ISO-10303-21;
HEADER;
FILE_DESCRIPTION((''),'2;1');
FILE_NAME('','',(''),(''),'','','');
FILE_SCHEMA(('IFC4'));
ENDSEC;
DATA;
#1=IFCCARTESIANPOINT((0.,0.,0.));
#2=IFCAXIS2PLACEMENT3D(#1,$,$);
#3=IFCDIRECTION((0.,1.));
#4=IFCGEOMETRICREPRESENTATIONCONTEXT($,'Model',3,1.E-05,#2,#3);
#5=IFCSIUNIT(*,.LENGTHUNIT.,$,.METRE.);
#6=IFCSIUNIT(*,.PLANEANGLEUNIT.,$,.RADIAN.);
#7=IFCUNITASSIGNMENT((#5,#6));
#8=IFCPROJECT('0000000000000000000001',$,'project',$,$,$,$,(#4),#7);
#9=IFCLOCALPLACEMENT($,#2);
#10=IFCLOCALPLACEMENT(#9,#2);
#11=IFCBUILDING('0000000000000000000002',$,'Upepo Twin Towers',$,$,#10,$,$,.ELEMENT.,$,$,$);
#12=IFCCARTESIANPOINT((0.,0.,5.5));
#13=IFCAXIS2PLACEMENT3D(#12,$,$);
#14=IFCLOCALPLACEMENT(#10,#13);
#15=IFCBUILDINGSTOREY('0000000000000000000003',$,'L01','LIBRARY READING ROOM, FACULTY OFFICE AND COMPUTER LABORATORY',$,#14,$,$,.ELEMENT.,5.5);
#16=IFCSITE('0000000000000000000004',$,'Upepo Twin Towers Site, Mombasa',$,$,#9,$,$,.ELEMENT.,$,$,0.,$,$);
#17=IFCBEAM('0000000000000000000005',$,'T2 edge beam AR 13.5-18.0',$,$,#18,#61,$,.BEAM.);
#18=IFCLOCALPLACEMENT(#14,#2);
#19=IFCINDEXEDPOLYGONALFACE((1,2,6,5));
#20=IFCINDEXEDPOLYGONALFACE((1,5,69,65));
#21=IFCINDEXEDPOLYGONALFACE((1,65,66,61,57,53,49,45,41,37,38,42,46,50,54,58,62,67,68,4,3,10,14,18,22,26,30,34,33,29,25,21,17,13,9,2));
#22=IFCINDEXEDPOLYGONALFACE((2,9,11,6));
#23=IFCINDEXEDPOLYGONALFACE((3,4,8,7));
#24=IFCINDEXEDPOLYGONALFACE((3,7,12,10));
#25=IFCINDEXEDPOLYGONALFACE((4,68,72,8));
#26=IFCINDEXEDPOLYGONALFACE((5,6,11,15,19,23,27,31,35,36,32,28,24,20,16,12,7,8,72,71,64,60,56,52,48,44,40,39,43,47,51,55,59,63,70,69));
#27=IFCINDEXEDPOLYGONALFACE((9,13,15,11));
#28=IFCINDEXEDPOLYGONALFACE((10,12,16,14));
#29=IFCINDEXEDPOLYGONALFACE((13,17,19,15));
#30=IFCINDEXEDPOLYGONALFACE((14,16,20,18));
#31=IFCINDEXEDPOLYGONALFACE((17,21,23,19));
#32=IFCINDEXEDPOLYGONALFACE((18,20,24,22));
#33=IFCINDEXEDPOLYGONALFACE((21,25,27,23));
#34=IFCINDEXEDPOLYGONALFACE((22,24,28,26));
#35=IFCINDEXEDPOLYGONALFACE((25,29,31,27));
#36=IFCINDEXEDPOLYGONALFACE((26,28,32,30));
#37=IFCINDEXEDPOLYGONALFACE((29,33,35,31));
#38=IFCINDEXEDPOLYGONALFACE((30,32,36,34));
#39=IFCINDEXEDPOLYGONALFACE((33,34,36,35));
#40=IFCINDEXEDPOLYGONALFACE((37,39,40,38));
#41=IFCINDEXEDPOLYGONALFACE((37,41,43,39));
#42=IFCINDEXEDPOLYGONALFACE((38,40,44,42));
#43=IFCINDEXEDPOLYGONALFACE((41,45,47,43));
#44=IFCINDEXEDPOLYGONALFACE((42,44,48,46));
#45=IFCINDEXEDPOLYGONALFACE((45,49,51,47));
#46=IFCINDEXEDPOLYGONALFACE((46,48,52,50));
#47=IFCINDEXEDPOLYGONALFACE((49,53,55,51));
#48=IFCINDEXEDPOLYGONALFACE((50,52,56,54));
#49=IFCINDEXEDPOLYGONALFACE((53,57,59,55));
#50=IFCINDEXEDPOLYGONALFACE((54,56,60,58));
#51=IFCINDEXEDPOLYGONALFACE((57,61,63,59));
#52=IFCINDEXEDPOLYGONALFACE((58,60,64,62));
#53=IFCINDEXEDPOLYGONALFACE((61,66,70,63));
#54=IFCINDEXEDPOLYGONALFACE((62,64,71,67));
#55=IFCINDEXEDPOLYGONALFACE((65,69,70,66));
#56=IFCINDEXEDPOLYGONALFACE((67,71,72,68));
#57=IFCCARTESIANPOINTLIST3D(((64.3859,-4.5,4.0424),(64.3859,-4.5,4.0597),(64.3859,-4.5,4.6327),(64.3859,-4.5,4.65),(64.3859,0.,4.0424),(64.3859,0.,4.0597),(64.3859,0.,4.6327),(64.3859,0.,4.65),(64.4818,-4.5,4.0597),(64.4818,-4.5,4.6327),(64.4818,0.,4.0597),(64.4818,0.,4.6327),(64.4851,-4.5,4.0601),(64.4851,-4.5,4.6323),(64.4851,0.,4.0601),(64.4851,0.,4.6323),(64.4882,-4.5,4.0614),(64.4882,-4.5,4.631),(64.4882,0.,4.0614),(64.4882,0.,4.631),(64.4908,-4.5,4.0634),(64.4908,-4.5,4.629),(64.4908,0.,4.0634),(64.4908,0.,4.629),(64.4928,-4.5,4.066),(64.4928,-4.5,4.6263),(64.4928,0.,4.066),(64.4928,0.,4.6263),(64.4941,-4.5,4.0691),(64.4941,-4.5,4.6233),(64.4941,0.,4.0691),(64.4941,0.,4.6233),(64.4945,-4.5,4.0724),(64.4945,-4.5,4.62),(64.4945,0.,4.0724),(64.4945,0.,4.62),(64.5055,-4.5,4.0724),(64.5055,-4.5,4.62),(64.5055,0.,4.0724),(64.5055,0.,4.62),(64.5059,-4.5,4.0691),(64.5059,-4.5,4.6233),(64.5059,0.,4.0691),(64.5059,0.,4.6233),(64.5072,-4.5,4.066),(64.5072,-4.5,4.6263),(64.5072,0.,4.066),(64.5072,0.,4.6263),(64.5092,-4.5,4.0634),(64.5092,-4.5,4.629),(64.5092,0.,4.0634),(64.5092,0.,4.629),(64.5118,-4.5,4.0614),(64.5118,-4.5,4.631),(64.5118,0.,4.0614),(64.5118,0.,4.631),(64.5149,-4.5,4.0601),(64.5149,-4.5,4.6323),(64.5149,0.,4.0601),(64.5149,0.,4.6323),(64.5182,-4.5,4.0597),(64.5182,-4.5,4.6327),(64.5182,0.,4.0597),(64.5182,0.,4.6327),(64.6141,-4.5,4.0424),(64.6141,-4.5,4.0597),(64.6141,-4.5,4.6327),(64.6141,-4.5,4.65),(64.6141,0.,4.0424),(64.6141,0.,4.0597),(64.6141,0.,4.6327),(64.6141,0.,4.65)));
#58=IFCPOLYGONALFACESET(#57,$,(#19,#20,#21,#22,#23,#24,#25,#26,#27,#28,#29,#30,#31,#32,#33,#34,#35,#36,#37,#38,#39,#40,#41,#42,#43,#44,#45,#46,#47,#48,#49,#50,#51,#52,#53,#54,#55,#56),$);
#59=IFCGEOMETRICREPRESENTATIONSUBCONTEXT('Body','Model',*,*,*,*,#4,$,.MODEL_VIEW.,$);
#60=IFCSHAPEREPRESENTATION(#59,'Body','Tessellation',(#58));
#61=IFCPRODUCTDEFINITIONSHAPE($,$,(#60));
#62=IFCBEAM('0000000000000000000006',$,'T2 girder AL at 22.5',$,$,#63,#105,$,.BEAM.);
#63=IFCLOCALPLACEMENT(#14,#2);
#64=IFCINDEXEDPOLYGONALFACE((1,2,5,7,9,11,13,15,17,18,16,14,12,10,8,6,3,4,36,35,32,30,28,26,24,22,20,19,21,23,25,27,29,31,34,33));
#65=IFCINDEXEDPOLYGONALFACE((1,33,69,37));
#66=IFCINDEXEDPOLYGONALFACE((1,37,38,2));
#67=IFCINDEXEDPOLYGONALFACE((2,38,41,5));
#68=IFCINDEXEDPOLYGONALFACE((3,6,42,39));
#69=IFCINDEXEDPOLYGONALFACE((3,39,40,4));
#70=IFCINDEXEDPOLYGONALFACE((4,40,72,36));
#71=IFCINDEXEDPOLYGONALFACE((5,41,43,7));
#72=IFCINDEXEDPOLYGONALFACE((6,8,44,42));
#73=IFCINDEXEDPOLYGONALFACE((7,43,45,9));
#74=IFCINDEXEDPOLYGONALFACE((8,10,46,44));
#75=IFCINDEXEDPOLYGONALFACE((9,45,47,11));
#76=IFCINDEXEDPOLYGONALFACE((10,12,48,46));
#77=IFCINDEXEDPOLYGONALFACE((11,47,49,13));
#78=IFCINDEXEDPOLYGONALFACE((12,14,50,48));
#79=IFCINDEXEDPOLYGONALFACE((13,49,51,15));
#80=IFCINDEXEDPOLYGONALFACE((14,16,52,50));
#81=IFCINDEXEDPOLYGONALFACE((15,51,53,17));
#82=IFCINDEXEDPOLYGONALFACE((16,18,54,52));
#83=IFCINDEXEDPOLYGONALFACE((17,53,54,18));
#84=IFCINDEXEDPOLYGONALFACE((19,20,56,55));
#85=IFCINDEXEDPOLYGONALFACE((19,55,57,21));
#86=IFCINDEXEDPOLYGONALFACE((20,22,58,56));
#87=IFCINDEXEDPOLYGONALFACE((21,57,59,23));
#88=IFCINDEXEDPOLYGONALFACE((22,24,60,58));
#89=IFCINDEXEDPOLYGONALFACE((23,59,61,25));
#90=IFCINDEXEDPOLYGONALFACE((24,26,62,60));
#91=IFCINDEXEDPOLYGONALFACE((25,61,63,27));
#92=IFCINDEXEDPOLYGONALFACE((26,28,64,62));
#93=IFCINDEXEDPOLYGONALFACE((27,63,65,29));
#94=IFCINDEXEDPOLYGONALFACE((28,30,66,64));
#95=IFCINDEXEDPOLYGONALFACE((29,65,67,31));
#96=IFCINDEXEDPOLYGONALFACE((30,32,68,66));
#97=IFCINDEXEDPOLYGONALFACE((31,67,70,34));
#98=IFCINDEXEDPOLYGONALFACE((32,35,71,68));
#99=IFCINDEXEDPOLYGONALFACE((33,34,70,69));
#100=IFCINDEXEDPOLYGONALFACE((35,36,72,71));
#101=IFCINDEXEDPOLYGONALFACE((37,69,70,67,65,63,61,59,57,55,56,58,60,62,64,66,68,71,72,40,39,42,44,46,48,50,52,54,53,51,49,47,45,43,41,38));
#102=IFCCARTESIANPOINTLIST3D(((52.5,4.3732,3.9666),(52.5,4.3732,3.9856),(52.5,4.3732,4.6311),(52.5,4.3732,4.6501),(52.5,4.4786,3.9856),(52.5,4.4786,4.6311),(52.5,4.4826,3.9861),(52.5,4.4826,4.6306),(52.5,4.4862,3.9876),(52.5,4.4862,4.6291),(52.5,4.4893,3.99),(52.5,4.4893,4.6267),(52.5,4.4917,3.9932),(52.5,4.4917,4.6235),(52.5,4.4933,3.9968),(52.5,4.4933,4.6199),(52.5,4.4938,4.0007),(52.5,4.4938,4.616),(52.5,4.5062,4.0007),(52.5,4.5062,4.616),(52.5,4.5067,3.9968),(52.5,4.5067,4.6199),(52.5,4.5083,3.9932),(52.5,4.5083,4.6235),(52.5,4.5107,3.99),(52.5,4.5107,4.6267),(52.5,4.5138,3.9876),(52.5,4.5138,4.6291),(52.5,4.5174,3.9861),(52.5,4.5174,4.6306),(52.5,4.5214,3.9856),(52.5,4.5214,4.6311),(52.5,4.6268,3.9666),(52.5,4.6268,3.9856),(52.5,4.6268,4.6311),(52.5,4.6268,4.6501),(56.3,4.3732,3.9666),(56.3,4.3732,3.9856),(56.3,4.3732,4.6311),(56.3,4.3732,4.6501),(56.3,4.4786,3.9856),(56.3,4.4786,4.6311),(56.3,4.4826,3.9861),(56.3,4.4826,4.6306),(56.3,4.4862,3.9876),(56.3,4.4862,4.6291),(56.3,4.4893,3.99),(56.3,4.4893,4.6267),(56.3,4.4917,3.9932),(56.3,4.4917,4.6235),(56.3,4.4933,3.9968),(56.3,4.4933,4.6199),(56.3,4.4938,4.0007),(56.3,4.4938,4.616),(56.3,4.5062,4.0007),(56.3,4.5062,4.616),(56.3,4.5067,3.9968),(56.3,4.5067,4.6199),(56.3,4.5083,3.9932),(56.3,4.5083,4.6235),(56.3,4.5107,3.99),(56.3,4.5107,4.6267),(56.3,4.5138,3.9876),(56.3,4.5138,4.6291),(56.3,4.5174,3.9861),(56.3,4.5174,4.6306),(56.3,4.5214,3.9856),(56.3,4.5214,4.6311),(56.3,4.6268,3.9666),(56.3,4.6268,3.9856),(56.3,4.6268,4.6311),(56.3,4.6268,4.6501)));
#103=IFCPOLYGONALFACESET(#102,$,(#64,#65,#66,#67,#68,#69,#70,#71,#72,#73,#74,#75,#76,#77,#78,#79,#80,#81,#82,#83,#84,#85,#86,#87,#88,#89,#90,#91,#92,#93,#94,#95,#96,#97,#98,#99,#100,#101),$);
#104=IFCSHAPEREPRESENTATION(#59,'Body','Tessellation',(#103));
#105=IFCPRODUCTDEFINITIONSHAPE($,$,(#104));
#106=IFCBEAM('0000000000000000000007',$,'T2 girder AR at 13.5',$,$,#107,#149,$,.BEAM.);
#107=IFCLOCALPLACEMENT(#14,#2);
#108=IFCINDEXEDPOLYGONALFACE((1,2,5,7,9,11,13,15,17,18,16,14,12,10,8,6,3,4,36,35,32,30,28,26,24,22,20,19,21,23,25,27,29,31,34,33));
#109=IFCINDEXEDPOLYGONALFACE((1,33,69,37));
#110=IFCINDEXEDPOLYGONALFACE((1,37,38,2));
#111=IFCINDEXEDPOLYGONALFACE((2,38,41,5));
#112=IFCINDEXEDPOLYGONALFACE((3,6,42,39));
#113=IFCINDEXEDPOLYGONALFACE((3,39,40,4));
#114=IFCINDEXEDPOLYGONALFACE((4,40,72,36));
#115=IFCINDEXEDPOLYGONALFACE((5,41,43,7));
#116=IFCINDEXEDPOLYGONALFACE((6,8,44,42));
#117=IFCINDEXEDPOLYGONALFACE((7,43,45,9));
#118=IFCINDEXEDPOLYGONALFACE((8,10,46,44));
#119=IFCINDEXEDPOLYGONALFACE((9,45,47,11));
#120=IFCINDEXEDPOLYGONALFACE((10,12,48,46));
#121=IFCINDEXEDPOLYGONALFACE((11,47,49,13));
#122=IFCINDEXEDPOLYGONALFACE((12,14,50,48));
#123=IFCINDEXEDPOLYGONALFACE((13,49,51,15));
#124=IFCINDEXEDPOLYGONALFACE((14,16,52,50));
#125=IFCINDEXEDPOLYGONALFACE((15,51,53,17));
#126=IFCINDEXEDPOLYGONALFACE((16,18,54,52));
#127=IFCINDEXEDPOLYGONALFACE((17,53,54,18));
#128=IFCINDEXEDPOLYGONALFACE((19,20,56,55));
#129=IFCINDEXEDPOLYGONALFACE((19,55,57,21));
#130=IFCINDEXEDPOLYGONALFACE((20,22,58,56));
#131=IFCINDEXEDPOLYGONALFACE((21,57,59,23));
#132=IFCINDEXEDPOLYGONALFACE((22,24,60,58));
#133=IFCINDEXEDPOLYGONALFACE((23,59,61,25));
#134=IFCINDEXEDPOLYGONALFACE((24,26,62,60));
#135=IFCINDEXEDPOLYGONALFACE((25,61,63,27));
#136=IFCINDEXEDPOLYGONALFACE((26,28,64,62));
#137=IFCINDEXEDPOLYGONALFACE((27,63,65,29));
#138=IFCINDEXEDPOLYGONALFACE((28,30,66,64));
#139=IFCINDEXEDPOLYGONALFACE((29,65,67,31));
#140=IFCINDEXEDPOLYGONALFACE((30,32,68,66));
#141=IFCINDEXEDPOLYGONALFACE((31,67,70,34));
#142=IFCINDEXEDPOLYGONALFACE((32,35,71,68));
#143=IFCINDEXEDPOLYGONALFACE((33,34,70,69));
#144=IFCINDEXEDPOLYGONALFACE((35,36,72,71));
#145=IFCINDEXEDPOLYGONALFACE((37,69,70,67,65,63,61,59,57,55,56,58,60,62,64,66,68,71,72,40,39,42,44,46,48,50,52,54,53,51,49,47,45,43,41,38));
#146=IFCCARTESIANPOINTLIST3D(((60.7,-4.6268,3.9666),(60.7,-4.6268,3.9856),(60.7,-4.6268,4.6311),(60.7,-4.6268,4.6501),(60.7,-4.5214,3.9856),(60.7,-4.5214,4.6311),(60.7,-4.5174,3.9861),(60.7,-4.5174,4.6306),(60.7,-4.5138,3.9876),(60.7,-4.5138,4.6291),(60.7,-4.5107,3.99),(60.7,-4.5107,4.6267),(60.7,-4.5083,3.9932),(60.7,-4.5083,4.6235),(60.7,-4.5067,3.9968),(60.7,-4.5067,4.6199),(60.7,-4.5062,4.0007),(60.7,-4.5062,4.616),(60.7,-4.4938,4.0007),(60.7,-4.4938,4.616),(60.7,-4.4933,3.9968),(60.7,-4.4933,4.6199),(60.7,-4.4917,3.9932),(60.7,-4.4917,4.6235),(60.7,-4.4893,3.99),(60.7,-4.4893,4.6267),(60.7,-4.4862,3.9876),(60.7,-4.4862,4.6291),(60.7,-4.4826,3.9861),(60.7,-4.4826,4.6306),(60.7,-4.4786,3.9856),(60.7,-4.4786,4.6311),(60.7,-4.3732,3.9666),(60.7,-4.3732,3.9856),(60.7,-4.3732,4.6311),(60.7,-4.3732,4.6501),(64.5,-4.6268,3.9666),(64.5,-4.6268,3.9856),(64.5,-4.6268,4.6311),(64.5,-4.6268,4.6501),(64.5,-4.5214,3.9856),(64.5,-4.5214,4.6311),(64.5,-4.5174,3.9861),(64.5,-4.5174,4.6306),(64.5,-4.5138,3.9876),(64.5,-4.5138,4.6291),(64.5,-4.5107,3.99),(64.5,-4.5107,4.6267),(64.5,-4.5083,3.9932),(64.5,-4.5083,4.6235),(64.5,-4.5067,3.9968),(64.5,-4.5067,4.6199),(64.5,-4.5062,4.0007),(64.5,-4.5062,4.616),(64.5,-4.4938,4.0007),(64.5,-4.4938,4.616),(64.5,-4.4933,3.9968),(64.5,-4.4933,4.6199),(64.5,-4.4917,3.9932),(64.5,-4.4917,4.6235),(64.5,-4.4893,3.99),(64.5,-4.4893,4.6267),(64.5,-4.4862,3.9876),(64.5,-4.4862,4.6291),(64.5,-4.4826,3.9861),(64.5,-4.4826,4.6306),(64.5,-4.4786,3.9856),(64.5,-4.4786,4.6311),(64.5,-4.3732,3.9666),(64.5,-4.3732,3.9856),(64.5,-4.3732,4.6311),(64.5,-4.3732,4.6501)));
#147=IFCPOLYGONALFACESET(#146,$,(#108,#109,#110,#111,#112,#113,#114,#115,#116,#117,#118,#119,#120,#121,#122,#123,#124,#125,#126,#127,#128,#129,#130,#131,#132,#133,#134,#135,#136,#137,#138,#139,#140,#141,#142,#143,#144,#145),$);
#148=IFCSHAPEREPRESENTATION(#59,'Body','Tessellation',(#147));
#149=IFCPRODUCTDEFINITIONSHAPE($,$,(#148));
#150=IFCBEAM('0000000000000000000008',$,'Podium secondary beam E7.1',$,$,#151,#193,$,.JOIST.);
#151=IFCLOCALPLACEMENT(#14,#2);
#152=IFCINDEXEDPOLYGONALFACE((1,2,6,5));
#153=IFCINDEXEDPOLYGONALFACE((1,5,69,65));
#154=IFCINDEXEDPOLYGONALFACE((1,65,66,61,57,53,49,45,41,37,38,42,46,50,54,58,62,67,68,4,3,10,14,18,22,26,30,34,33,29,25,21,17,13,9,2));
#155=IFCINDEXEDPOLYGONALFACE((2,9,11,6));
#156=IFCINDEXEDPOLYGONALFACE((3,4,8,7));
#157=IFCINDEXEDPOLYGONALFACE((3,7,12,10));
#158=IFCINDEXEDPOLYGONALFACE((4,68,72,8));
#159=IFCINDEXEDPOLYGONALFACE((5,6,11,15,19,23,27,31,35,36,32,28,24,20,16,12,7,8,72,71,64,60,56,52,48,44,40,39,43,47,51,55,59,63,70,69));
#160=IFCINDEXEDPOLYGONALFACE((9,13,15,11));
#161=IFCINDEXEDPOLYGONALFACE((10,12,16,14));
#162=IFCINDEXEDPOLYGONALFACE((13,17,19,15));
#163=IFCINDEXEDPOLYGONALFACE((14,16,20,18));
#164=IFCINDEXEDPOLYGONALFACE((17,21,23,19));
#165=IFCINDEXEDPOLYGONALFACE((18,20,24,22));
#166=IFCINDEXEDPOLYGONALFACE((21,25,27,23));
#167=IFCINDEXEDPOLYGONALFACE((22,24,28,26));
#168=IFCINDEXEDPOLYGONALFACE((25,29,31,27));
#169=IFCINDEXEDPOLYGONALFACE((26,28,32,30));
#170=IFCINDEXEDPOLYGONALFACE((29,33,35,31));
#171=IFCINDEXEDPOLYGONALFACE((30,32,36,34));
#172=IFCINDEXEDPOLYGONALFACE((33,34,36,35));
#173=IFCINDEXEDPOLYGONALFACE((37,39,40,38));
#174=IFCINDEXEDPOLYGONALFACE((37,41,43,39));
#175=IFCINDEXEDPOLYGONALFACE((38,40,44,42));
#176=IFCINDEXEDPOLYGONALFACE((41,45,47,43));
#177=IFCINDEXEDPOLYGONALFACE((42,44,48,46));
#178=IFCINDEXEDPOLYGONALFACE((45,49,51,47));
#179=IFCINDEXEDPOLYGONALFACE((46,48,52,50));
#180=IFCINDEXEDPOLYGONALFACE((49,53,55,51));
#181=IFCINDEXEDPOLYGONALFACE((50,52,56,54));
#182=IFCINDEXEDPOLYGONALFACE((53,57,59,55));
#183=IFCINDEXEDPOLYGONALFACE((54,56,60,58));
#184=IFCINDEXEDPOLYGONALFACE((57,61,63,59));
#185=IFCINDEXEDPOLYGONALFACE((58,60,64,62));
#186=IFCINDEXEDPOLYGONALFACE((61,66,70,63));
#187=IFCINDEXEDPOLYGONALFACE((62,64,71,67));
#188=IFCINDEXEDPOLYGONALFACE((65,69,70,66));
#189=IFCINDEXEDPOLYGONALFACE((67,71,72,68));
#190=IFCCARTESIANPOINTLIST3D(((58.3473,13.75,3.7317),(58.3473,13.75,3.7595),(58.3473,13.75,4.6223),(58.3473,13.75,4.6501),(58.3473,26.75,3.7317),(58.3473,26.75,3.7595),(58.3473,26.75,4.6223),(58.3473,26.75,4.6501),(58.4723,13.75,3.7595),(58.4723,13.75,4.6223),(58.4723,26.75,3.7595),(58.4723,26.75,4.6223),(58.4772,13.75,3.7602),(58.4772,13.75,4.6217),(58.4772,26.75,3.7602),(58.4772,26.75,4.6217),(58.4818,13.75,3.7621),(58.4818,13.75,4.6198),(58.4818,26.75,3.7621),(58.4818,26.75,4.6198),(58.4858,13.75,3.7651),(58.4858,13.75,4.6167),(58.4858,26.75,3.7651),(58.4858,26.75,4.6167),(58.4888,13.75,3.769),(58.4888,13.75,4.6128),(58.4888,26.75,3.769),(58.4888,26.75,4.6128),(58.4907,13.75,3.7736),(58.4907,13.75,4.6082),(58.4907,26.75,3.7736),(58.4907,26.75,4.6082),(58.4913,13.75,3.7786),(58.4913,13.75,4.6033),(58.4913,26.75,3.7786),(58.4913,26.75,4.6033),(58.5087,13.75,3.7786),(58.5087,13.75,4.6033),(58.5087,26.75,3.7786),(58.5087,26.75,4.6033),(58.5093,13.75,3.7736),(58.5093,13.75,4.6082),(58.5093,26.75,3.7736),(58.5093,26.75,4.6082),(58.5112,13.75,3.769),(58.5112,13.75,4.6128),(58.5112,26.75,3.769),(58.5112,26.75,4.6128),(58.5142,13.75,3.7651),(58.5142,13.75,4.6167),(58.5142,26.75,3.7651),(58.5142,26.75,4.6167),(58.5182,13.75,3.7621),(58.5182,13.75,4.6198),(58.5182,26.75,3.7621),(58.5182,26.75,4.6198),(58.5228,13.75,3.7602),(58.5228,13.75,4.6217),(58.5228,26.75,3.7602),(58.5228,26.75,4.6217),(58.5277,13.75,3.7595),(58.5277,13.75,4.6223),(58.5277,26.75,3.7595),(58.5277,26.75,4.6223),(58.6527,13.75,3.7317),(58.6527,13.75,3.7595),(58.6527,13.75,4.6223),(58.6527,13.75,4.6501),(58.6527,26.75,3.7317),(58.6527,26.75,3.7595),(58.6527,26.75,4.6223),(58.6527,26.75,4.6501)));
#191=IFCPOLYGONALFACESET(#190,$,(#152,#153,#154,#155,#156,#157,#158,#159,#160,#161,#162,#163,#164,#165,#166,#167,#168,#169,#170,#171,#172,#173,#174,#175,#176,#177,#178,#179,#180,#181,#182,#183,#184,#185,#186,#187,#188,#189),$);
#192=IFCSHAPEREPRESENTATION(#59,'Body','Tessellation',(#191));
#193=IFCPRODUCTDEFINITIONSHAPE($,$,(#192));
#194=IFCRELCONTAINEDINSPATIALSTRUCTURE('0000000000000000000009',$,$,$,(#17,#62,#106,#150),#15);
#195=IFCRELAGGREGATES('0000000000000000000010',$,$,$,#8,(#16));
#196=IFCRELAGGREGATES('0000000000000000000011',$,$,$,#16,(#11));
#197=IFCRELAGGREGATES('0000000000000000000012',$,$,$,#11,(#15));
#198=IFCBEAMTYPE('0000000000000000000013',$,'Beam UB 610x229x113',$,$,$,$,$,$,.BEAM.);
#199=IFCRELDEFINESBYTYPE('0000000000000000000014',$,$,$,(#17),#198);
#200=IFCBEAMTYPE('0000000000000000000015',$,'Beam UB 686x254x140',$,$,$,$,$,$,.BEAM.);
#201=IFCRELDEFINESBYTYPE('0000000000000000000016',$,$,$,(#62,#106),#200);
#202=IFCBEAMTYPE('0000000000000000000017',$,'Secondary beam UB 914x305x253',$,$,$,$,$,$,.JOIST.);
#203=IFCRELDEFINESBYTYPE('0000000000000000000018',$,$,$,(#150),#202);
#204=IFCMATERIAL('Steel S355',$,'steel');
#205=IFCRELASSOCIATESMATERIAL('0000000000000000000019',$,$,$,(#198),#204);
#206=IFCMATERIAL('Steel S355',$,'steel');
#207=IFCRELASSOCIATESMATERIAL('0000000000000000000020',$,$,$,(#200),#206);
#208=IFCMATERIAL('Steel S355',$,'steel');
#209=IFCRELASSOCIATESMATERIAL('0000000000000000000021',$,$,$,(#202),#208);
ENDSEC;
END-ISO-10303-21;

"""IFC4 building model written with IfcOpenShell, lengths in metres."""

from ifc_helpers import new_model, si_unit, direction, frame, origin, origin_2d, place, context, subcontext, project, spatial, i_section, extrude, material, material_profile, profile_set, type_object, element, save


model = new_model("IFC4")

# Units and contexts
model_context = context("Model", 3, precision=1e-05, world=origin(), true_north=direction((0.0, 1.0)))
body_context = subcontext(model_context, "Body", "Model", "MODEL_VIEW")
ifc_project = project(units=[si_unit("LENGTHUNIT", "METRE"), si_unit("PLANEANGLEUNIT", "RADIAN")], contexts=[model_context])

# Site, building, storey
site_placement = place(None, origin())
site = spatial("IfcSite", under=ifc_project, at=site_placement, Name="Upepo Twin Towers Site, Mombasa", CompositionType="ELEMENT", RefElevation=0.0)
building_placement = place(site_placement, origin())
building = spatial("IfcBuilding", under=site, at=building_placement, Name="Upepo Twin Towers", CompositionType="ELEMENT")
storey_placement = place(building_placement, frame((0.0, 0.0, 5.5)))
storey = spatial("IfcBuildingStorey", under=building, at=storey_placement, Name="L01", Description="LIBRARY READING ROOM, FACULTY OFFICE AND COMPUTER LABORATORY", CompositionType="ELEMENT", Elevation=5.5)

# Beams
ifc_material_1 = material(Name="Steel S355", Category="steel")
ifc_material_profile_1 = material_profile(ifc_material_1, i_section(OverallWidth=0.2283, OverallDepth=0.6077, WebThickness=0.011, FlangeThickness=0.0173, FilletRadius=0.0127, at=origin_2d()), Name="UB 610x229x113")
ifc_profile_set_1 = profile_set([ifc_material_profile_1], Name="Steel S355")
beam_type_1 = type_object("IfcBeamType", Name="Beam UB 610x229x113", PredefinedType="BEAM", material=ifc_profile_set_1)
beam_1_placement = place(storey_placement, frame((64.5, -4.5, 4.3462), z_axis=(0.0, 1.0, 0.0), x_axis=(-1.0, 0.0, 0.0)))
element("IfcBeam", 1, at=beam_1_placement, inside=storey, type_object=beam_type_1, Name="T2 edge beam AR 13.5-18.0", PredefinedType="BEAM", context=body_context, shape_type="SweptSolid", body=[
    extrude(i_section(OverallWidth=0.2283, OverallDepth=0.6077, WebThickness=0.011, FlangeThickness=0.0173, FilletRadius=0.0127, at=origin_2d()), origin(), (0.0, 0.0, 1.0), 4.5),
])
ifc_material_2 = material(Name="Steel S355", Category="steel")
ifc_material_profile_2 = material_profile(ifc_material_2, i_section(OverallWidth=0.2537, OverallDepth=0.6836, WebThickness=0.0125, FlangeThickness=0.019, FilletRadius=0.0151, at=origin_2d()), Name="UB 686x254x140")
ifc_profile_set_2 = profile_set([ifc_material_profile_2], Name="Steel S355")
beam_type_2 = type_object("IfcBeamType", Name="Beam UB 686x254x140", PredefinedType="BEAM", material=ifc_profile_set_2)
for number, where, z_axis, x_axis, name in (
    (2, (52.5, 4.5, 4.3083), (1.0, 0.0, 0.0), (0.0, 1.0, 0.0), "T2 girder AL at 22.5"),
    (3, (64.5, -4.5, 4.3083), (-1.0, 0.0, 0.0), (0.0, -1.0, 0.0), "T2 girder AR at 13.5"),
):
    element("IfcBeam", number, at=place(storey_placement, frame(where, z_axis=z_axis, x_axis=x_axis)), inside=storey, type_object=beam_type_2, Name=name, PredefinedType="BEAM", context=body_context, shape_type="SweptSolid", body=[
        extrude(i_section(OverallWidth=0.2537, OverallDepth=0.6836, WebThickness=0.0125, FlangeThickness=0.019, FilletRadius=0.0151, at=origin_2d()), origin(), (0.0, 0.0, 1.0), 3.8),
    ])
ifc_material_3 = material(Name="Steel S355", Category="steel")
ifc_material_profile_3 = material_profile(ifc_material_3, i_section(OverallWidth=0.3054, OverallDepth=0.9185, WebThickness=0.0173, FlangeThickness=0.0278, FilletRadius=0.019, at=origin_2d()), Name="UB 914x305x253")
ifc_profile_set_3 = profile_set([ifc_material_profile_3], Name="Steel S355")
beam_type_3 = type_object("IfcBeamType", Name="Secondary beam UB 914x305x253", PredefinedType="JOIST", material=ifc_profile_set_3)
for number, where, z_axis, x_axis, name in (
    (4, (58.5, 13.75, 4.1909), (0.0, 1.0, 0.0), (-1.0, 0.0, 0.0), "Podium secondary beam E7.1"),
):
    element("IfcBeam", number, at=place(storey_placement, frame(where, z_axis=z_axis, x_axis=x_axis)), inside=storey, type_object=beam_type_3, Name=name, PredefinedType="JOIST", context=body_context, shape_type="SweptSolid", body=[
        extrude(i_section(OverallWidth=0.3054, OverallDepth=0.9185, WebThickness=0.0173, FlangeThickness=0.0278, FilletRadius=0.019, at=origin_2d()), origin(), (0.0, 0.0, 1.0), 13.0),
    ])

save(model, "model.ifc")
